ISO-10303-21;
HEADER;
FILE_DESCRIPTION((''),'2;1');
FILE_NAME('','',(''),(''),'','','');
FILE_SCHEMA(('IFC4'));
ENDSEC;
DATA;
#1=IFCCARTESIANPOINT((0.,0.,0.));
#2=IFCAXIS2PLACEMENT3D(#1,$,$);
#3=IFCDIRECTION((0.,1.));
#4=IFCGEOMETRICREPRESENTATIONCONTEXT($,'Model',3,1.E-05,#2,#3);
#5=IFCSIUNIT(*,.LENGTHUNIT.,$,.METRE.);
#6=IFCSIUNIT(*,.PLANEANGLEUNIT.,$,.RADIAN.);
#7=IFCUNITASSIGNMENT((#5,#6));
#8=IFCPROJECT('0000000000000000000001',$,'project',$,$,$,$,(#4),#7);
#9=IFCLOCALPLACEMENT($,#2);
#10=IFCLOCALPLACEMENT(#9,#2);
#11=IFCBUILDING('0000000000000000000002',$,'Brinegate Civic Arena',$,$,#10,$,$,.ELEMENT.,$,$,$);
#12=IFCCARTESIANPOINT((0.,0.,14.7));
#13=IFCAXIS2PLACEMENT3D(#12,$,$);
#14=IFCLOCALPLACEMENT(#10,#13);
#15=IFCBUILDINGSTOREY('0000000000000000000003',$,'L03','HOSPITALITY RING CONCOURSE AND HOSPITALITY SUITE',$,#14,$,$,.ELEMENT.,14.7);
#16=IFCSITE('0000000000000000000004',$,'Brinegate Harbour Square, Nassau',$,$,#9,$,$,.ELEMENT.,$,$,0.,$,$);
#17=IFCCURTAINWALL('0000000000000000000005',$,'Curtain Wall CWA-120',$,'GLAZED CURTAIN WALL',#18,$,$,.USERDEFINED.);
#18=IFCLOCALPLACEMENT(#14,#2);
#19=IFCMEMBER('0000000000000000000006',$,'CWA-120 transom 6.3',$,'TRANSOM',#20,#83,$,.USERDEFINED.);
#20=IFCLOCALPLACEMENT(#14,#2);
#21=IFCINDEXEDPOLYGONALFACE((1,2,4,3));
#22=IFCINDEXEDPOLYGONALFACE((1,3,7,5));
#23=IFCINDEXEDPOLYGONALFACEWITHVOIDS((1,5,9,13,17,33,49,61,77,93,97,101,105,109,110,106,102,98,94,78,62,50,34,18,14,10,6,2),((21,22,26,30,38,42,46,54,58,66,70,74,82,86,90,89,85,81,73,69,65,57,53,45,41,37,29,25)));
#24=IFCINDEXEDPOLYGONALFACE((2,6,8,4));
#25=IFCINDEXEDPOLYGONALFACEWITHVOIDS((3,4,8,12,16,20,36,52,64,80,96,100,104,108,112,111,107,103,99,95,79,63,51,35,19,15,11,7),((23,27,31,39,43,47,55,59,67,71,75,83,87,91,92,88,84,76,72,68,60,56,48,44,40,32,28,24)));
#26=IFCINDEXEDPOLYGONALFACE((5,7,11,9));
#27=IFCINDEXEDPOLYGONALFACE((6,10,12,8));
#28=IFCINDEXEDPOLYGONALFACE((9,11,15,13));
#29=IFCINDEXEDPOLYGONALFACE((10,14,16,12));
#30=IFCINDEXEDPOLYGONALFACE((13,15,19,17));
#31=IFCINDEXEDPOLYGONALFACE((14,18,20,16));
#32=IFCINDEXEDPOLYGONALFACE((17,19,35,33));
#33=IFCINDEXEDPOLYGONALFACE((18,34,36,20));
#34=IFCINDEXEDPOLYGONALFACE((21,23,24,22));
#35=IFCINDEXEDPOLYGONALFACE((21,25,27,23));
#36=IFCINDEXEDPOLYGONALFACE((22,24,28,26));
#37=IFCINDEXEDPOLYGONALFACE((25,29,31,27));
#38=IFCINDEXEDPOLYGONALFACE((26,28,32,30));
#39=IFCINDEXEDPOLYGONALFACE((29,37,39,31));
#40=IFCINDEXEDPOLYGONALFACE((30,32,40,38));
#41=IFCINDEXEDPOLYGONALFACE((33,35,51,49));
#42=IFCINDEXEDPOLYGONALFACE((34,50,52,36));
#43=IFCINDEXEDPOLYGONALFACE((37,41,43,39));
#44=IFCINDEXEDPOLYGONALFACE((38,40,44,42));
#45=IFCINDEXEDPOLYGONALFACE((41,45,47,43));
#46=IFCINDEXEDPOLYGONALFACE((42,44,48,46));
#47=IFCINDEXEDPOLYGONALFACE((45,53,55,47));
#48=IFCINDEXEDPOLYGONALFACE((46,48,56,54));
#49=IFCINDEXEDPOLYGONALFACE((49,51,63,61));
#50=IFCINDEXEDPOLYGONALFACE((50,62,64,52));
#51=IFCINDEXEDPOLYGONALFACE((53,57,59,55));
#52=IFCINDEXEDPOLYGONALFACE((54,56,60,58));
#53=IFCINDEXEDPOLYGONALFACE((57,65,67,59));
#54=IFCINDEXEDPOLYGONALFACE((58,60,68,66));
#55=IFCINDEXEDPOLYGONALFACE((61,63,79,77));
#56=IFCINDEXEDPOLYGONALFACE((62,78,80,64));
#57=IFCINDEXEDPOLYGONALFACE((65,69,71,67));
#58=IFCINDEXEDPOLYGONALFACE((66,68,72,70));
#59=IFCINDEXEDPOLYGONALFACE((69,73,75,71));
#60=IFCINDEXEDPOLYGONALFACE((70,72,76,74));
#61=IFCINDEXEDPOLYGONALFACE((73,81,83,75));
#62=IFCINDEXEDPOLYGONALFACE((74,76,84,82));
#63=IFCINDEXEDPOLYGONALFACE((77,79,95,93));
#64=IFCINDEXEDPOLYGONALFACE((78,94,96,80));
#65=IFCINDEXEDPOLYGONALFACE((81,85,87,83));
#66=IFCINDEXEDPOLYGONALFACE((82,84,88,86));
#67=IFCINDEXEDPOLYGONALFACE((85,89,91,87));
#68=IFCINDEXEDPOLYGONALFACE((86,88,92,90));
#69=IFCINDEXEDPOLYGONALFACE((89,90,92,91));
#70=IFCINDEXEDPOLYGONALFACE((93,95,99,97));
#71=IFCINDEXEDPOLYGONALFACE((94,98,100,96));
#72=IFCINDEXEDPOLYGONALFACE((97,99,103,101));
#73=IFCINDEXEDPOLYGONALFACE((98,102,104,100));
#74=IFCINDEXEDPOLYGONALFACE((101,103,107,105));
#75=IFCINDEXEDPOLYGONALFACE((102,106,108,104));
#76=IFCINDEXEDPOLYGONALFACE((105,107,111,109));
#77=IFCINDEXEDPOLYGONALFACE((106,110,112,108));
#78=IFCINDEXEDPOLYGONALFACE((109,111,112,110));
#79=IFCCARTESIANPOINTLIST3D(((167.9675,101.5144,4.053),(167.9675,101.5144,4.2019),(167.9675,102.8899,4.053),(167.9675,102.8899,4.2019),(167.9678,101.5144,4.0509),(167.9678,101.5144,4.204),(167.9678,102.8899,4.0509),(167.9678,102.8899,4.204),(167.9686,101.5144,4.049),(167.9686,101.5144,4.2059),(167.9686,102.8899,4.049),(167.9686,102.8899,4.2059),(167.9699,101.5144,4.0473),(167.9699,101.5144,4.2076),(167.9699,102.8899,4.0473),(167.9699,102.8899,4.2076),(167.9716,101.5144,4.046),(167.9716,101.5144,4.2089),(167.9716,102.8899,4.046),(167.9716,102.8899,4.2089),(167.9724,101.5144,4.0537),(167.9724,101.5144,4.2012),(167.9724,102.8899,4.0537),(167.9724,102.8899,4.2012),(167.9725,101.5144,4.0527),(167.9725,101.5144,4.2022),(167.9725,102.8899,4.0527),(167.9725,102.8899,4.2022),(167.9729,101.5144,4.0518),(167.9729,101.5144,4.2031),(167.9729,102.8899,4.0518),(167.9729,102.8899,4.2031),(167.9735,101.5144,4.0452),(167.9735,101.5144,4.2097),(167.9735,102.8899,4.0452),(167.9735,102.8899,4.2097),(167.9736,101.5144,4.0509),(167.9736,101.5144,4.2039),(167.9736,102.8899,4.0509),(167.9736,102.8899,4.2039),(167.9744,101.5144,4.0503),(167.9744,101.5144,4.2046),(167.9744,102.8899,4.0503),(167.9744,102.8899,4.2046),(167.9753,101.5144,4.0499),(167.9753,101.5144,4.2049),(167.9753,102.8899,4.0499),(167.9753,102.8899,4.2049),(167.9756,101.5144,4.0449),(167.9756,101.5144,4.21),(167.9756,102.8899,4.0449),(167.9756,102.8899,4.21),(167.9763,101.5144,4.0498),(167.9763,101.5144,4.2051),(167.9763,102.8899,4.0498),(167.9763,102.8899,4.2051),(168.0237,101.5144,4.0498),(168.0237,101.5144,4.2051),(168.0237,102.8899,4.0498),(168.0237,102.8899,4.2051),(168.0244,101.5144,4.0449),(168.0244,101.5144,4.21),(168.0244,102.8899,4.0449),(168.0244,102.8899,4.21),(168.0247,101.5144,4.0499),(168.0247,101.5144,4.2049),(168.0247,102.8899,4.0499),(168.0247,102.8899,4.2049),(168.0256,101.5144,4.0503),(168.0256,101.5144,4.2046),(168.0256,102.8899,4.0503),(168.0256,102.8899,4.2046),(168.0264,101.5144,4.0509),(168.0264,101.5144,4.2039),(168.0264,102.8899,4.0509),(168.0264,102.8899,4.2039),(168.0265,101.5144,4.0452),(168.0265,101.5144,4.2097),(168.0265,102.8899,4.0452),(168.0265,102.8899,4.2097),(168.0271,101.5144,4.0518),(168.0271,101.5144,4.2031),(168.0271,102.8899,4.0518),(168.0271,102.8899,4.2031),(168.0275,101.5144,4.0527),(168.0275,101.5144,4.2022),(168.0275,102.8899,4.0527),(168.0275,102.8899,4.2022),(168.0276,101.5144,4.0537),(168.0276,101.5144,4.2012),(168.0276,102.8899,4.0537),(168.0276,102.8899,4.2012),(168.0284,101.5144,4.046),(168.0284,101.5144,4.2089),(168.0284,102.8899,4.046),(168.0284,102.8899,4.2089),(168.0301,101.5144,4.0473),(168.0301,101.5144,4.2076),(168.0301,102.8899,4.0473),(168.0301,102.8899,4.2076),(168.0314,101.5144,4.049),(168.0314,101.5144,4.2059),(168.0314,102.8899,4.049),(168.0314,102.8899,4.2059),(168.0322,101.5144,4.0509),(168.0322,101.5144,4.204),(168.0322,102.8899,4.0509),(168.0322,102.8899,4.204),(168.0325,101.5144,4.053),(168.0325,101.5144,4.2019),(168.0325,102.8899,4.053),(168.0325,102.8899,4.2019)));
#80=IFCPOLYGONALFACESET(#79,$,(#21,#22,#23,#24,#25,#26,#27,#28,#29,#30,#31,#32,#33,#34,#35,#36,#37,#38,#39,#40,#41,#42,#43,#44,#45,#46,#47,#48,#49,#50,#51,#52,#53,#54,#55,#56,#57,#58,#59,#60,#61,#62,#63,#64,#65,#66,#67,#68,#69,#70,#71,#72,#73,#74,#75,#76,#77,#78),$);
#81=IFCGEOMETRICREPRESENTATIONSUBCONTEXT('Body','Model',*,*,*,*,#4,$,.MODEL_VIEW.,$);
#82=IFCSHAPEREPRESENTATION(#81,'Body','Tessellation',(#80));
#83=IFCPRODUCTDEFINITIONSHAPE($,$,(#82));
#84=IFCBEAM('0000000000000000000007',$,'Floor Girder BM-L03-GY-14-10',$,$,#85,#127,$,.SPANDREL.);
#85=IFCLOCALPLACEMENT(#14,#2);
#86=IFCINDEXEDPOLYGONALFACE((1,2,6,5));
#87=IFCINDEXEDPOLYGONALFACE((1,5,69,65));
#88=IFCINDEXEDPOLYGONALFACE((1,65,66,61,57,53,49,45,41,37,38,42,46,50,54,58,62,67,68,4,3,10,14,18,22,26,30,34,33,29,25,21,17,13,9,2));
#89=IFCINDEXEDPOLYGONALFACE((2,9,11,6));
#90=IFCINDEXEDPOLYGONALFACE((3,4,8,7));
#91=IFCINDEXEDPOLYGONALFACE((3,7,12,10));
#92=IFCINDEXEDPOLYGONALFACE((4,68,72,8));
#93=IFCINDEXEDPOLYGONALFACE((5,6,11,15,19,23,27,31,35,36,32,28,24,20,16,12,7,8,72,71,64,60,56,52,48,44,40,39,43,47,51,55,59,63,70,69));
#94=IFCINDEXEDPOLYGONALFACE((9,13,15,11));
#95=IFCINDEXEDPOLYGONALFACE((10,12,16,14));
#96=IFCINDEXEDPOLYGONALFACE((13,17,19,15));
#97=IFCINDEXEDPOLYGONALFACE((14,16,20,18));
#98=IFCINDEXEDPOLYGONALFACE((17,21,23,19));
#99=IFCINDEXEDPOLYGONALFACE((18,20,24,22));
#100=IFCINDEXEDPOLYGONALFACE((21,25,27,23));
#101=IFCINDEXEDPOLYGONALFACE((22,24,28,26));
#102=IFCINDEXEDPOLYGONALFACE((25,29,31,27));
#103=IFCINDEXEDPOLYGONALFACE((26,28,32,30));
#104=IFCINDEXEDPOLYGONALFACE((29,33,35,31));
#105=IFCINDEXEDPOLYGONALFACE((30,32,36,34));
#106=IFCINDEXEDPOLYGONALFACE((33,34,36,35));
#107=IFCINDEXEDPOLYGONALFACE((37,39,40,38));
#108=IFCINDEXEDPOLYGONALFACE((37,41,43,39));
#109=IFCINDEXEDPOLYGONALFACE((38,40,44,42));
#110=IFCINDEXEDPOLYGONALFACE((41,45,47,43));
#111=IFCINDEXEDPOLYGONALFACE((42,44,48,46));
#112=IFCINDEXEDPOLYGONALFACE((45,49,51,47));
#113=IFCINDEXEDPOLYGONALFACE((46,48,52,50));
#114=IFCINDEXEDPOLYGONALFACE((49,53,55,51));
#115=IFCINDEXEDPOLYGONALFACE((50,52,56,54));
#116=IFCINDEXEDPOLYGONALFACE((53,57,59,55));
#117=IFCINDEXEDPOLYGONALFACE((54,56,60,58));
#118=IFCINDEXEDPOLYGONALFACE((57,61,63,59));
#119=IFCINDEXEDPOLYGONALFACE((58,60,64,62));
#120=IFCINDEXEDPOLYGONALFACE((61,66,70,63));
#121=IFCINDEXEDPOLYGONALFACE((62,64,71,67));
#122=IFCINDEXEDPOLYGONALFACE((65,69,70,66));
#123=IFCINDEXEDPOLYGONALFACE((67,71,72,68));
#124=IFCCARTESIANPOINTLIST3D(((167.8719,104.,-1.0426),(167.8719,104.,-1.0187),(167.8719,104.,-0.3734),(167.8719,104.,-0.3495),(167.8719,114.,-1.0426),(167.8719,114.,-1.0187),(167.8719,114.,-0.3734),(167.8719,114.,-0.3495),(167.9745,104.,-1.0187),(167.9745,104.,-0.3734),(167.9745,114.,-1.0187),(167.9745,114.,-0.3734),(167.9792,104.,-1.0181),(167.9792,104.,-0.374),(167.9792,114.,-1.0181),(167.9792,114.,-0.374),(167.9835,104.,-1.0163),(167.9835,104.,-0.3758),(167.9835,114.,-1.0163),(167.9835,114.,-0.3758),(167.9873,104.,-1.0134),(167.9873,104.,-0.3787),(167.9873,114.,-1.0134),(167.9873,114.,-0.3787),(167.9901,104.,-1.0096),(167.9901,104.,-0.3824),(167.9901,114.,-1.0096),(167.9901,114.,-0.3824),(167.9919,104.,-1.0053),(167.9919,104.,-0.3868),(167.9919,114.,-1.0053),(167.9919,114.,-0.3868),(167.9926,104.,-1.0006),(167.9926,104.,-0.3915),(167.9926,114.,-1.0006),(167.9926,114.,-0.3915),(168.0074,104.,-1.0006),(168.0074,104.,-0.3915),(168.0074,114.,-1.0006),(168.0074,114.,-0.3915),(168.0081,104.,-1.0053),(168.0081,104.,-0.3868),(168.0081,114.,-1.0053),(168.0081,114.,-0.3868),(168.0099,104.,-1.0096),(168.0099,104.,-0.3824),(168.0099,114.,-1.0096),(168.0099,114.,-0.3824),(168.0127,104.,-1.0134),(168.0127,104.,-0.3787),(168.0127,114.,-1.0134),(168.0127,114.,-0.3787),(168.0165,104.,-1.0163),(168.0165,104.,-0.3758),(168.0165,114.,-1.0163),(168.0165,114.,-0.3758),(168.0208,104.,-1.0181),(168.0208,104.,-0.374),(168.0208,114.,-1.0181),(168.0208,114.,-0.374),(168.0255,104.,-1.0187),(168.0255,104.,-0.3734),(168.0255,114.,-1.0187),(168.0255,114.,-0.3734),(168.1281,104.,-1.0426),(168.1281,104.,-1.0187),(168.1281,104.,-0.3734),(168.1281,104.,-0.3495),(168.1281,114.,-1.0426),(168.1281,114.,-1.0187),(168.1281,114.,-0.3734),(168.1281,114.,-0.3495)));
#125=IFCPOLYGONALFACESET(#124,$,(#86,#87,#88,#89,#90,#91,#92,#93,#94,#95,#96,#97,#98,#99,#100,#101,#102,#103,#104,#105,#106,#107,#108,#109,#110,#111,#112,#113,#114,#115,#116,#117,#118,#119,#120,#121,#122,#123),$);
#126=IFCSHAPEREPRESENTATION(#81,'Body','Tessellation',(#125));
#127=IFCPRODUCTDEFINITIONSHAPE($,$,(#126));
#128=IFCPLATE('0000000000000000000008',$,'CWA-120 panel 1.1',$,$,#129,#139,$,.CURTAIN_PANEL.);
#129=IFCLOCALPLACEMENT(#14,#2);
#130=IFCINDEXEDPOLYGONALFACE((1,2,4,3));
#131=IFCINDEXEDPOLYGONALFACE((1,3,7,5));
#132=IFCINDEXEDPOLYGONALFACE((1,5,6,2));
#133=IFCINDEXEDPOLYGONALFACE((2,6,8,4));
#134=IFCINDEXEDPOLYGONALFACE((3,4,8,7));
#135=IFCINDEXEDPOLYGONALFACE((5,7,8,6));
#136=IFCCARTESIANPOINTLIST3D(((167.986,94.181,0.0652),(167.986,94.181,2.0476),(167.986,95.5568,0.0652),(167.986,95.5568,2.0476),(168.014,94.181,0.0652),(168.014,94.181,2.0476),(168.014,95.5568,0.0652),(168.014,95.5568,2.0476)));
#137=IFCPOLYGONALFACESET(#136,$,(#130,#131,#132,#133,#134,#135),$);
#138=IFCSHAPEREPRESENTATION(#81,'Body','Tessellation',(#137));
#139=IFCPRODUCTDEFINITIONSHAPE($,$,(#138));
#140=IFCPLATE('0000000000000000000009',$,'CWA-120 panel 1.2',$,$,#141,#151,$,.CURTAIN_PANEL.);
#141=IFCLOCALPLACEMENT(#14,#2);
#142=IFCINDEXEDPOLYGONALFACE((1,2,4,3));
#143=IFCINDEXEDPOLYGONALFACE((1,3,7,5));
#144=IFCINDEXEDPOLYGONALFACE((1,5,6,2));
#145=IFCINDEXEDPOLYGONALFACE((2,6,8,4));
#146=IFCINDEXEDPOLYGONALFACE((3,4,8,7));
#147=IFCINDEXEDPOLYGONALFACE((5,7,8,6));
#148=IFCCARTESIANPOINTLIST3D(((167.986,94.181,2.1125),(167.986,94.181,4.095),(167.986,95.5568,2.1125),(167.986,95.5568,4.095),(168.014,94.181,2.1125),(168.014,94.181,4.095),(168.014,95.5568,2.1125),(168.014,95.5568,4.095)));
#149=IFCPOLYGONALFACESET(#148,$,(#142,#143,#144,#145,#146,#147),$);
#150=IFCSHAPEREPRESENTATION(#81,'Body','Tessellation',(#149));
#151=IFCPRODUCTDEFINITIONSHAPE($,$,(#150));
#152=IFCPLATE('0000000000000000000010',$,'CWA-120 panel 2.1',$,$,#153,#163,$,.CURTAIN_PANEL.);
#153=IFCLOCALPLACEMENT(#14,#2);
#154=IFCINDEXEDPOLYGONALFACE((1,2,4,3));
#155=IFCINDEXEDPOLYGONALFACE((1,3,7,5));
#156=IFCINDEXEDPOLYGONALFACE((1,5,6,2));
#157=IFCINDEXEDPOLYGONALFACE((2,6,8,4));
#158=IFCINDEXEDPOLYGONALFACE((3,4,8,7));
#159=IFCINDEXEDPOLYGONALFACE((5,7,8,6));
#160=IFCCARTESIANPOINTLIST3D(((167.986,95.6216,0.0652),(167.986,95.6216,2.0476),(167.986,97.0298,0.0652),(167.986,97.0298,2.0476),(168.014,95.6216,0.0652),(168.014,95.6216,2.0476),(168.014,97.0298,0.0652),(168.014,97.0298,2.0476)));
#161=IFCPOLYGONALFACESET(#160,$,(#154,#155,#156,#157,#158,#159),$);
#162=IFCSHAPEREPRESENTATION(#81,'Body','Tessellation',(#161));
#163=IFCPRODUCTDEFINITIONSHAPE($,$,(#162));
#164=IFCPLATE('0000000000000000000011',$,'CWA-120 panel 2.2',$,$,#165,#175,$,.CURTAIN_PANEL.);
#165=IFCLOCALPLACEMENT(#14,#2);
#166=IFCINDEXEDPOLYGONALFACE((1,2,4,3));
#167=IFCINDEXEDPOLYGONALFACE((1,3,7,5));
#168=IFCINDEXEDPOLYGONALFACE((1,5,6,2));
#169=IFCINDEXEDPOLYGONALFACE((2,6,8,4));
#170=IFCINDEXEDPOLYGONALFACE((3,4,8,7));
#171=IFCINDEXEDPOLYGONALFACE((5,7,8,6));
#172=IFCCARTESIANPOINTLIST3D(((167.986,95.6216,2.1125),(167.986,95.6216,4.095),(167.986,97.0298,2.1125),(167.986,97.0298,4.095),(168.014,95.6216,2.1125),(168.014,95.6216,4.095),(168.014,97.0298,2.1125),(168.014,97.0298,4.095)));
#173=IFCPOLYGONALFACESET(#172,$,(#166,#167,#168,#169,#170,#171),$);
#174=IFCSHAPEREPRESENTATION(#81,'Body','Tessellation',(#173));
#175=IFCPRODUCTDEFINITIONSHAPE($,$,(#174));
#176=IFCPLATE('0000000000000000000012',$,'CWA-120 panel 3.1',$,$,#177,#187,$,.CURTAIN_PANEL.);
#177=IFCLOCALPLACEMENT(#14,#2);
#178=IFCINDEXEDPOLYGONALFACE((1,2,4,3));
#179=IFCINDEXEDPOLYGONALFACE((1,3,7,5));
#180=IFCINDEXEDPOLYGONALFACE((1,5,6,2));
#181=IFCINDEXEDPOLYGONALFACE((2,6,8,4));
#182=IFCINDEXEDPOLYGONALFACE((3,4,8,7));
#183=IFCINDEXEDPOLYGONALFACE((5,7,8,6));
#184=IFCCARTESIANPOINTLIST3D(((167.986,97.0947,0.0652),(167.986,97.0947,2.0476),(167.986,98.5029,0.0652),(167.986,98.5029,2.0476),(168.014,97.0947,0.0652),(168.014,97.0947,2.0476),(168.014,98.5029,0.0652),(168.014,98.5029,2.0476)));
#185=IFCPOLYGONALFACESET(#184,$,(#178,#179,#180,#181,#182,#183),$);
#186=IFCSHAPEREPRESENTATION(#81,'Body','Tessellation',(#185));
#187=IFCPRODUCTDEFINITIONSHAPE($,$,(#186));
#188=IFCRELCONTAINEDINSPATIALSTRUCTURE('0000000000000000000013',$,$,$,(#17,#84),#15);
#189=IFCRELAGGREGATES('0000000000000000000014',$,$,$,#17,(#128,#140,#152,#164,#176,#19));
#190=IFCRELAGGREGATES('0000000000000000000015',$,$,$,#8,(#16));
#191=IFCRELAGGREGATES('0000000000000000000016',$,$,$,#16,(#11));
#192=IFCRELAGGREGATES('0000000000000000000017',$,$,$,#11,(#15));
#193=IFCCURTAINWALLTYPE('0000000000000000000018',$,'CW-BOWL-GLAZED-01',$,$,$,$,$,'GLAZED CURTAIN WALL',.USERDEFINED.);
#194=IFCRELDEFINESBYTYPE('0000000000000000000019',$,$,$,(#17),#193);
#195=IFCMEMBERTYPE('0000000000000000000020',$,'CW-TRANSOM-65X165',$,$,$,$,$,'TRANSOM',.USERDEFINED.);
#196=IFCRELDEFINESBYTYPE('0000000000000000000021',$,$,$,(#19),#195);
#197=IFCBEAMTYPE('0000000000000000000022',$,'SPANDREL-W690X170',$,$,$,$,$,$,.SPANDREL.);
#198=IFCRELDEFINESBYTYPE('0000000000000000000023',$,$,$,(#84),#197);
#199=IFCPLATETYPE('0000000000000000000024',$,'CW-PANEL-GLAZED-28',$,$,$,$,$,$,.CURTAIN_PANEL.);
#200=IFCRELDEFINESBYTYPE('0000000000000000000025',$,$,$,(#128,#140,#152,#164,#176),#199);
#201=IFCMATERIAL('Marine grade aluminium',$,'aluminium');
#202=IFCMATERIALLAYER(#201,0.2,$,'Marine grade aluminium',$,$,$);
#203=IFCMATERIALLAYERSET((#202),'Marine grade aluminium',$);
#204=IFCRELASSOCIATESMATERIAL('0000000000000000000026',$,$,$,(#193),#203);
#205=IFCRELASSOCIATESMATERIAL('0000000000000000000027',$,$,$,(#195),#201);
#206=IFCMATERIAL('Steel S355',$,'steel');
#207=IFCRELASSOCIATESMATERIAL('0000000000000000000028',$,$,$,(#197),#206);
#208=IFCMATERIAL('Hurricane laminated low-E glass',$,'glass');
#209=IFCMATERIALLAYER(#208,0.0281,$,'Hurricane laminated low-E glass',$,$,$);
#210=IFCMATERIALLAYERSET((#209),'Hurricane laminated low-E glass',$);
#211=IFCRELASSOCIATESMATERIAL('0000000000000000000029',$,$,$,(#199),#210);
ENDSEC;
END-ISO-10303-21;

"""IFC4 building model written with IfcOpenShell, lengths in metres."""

from ifc_helpers import new_model, si_unit, direction, frame, origin, origin_2d, place, context, subcontext, project, spatial, rectangle, hollow_rectangle, i_section, extrude, material, layer, layer_set, material_profile, profile_set, type_object, element, aggregate, save


model = new_model("IFC4")

# Units and contexts
model_context = context("Model", 3, precision=1e-05, world=origin(), true_north=direction((0.0, 1.0)))
body_context = subcontext(model_context, "Body", "Model", "MODEL_VIEW")
ifc_project = project(units=[si_unit("LENGTHUNIT", "METRE"), si_unit("PLANEANGLEUNIT", "RADIAN")], contexts=[model_context])

# Site, building, storey
site_placement = place(None, origin())
site = spatial("IfcSite", under=ifc_project, at=site_placement, Name="Brinegate Harbour Square, Nassau", CompositionType="ELEMENT", RefElevation=0.0)
building_placement = place(site_placement, origin())
building = spatial("IfcBuilding", under=site, at=building_placement, Name="Brinegate Civic Arena", CompositionType="ELEMENT")
storey_placement = place(building_placement, frame((0.0, 0.0, 14.7)))
storey = spatial("IfcBuildingStorey", under=building, at=storey_placement, Name="L03", Description="HOSPITALITY RING CONCOURSE AND HOSPITALITY SUITE", CompositionType="ELEMENT", Elevation=14.7)

# Curtain wall, member
ifc_material_1 = material(Name="Marine grade aluminium", Category="aluminium")
ifc_layer_1 = layer(ifc_material_1, 0.2, Name="Marine grade aluminium")
ifc_layer_set_1 = layer_set([ifc_layer_1], Name="Marine grade aluminium")
curtain_wall_type = type_object("IfcCurtainWallType", Name="CW-BOWL-GLAZED-01", ElementType="GLAZED CURTAIN WALL", PredefinedType="USERDEFINED", material=ifc_layer_set_1)
curtain_wall_placement = place(storey_placement, origin())
curtain_wall = element("IfcCurtainWall", 1, at=curtain_wall_placement, inside=storey, type_object=curtain_wall_type, Name="Curtain Wall CWA-120", ObjectType="GLAZED CURTAIN WALL", PredefinedType="USERDEFINED")
ifc_material_profile_1 = material_profile(ifc_material_1, hollow_rectangle(XDim=0.0649, YDim=0.165, WallThickness=0.0049, InnerFilletRadius=0.0039, OuterFilletRadius=0.0081, at=origin_2d()), Name="TRN65X165")
ifc_profile_set_1 = profile_set([ifc_material_profile_1], Name="Marine grade aluminium")
member_type_1 = type_object("IfcMemberType", Name="CW-TRANSOM-65X165", ElementType="TRANSOM", PredefinedType="USERDEFINED", material=ifc_profile_set_1)
member_1_placement = place(storey_placement, frame((168.0, 101.5144, 4.1274), z_axis=(0.0, 1.0, 0.0), x_axis=(-1.0, 0.0, 0.0)))
member_1 = element("IfcMember", 2, at=member_1_placement, type_object=member_type_1, Name="CWA-120 transom 6.3", ObjectType="TRANSOM", PredefinedType="USERDEFINED", context=body_context, shape_type="SweptSolid", body=[
    extrude(hollow_rectangle(XDim=0.0649, YDim=0.165, WallThickness=0.0049, InnerFilletRadius=0.0039, OuterFilletRadius=0.0081, at=origin_2d()), origin(), (0.0, 0.0, 1.0), 1.3755),
])

# Beam
ifc_material_2 = material(Name="Steel S355", Category="steel")
ifc_material_profile_2 = material_profile(ifc_material_2, i_section(OverallWidth=0.2561, OverallDepth=0.6931, WebThickness=0.0149, FlangeThickness=0.0239, FilletRadius=0.0181, at=origin_2d()), Name="W690X170")
ifc_profile_set_2 = profile_set([ifc_material_profile_2], Name="Steel S355")
beam_type = type_object("IfcBeamType", Name="SPANDREL-W690X170", PredefinedType="SPANDREL", material=ifc_profile_set_2)
beam_placement = place(storey_placement, frame((168.0, 104.0, -0.696), z_axis=(0.0, 1.0, 0.0), x_axis=(-1.0, 0.0, 0.0)))
element("IfcBeam", 3, at=beam_placement, inside=storey, type_object=beam_type, Name="Floor Girder BM-L03-GY-14-10", PredefinedType="SPANDREL", context=body_context, shape_type="SweptSolid", body=[
    extrude(i_section(OverallWidth=0.2561, OverallDepth=0.6931, WebThickness=0.0149, FlangeThickness=0.0239, FilletRadius=0.0181, at=origin_2d()), origin(), (0.0, 0.0, 1.0), 10.0),
])

# Plates
ifc_material_3 = material(Name="Hurricane laminated low-E glass", Category="glass")
ifc_layer_2 = layer(ifc_material_3, 0.0281, Name="Hurricane laminated low-E glass")
ifc_layer_set_2 = layer_set([ifc_layer_2], Name="Hurricane laminated low-E glass")
plate_type = type_object("IfcPlateType", Name="CW-PANEL-GLAZED-28", PredefinedType="CURTAIN_PANEL", material=ifc_layer_set_2)
plate_1_placement = place(storey_placement, frame((168.0, 94.8689, 0.0652), z_axis=(0.0, 0.0, 1.0), x_axis=(0.0, 1.0, 0.0)))
plate_1 = element("IfcPlate", 4, at=plate_1_placement, type_object=plate_type, Name="CWA-120 panel 1.1", PredefinedType="CURTAIN_PANEL", context=body_context, shape_type="SweptSolid", body=[
    extrude(rectangle(XDim=1.3757, YDim=0.0281, at=origin_2d()), origin(), (0.0, 0.0, 1.0), 1.9824),
])
plate_2_placement = place(storey_placement, frame((168.0, 94.8689, 2.1125), z_axis=(0.0, 0.0, 1.0), x_axis=(0.0, 1.0, 0.0)))
plate_2 = element("IfcPlate", 5, at=plate_2_placement, type_object=plate_type, Name="CWA-120 panel 1.2", PredefinedType="CURTAIN_PANEL", context=body_context, shape_type="SweptSolid", body=[
    extrude(rectangle(XDim=1.3757, YDim=0.0281, at=origin_2d()), origin(), (0.0, 0.0, 1.0), 1.9824),
])
plate_3_placement = place(storey_placement, frame((168.0, 96.3257, 0.0652), z_axis=(0.0, 0.0, 1.0), x_axis=(0.0, 1.0, 0.0)))
plate_3 = element("IfcPlate", 6, at=plate_3_placement, type_object=plate_type, Name="CWA-120 panel 2.1", PredefinedType="CURTAIN_PANEL", context=body_context, shape_type="SweptSolid", body=[
    extrude(rectangle(XDim=1.4082, YDim=0.0281, at=origin_2d()), origin(), (0.0, 0.0, 1.0), 1.9824),
])
plate_4_placement = place(storey_placement, frame((168.0, 96.3257, 2.1125), z_axis=(0.0, 0.0, 1.0), x_axis=(0.0, 1.0, 0.0)))
plate_4 = element("IfcPlate", 7, at=plate_4_placement, type_object=plate_type, Name="CWA-120 panel 2.2", PredefinedType="CURTAIN_PANEL", context=body_context, shape_type="SweptSolid", body=[
    extrude(rectangle(XDim=1.4082, YDim=0.0281, at=origin_2d()), origin(), (0.0, 0.0, 1.0), 1.9824),
])
plate_5_placement = place(storey_placement, frame((168.0, 97.7988, 0.0652), z_axis=(0.0, 0.0, 1.0), x_axis=(0.0, 1.0, 0.0)))
plate_5 = element("IfcPlate", 8, at=plate_5_placement, type_object=plate_type, Name="CWA-120 panel 3.1", PredefinedType="CURTAIN_PANEL", context=body_context, shape_type="SweptSolid", body=[
    extrude(rectangle(XDim=1.4082, YDim=0.0281, at=origin_2d()), origin(), (0.0, 0.0, 1.0), 1.9824),
])
aggregate(curtain_wall, [plate_1, plate_2, plate_3, plate_4, plate_5, member_1])

save(model, "model.ifc")
